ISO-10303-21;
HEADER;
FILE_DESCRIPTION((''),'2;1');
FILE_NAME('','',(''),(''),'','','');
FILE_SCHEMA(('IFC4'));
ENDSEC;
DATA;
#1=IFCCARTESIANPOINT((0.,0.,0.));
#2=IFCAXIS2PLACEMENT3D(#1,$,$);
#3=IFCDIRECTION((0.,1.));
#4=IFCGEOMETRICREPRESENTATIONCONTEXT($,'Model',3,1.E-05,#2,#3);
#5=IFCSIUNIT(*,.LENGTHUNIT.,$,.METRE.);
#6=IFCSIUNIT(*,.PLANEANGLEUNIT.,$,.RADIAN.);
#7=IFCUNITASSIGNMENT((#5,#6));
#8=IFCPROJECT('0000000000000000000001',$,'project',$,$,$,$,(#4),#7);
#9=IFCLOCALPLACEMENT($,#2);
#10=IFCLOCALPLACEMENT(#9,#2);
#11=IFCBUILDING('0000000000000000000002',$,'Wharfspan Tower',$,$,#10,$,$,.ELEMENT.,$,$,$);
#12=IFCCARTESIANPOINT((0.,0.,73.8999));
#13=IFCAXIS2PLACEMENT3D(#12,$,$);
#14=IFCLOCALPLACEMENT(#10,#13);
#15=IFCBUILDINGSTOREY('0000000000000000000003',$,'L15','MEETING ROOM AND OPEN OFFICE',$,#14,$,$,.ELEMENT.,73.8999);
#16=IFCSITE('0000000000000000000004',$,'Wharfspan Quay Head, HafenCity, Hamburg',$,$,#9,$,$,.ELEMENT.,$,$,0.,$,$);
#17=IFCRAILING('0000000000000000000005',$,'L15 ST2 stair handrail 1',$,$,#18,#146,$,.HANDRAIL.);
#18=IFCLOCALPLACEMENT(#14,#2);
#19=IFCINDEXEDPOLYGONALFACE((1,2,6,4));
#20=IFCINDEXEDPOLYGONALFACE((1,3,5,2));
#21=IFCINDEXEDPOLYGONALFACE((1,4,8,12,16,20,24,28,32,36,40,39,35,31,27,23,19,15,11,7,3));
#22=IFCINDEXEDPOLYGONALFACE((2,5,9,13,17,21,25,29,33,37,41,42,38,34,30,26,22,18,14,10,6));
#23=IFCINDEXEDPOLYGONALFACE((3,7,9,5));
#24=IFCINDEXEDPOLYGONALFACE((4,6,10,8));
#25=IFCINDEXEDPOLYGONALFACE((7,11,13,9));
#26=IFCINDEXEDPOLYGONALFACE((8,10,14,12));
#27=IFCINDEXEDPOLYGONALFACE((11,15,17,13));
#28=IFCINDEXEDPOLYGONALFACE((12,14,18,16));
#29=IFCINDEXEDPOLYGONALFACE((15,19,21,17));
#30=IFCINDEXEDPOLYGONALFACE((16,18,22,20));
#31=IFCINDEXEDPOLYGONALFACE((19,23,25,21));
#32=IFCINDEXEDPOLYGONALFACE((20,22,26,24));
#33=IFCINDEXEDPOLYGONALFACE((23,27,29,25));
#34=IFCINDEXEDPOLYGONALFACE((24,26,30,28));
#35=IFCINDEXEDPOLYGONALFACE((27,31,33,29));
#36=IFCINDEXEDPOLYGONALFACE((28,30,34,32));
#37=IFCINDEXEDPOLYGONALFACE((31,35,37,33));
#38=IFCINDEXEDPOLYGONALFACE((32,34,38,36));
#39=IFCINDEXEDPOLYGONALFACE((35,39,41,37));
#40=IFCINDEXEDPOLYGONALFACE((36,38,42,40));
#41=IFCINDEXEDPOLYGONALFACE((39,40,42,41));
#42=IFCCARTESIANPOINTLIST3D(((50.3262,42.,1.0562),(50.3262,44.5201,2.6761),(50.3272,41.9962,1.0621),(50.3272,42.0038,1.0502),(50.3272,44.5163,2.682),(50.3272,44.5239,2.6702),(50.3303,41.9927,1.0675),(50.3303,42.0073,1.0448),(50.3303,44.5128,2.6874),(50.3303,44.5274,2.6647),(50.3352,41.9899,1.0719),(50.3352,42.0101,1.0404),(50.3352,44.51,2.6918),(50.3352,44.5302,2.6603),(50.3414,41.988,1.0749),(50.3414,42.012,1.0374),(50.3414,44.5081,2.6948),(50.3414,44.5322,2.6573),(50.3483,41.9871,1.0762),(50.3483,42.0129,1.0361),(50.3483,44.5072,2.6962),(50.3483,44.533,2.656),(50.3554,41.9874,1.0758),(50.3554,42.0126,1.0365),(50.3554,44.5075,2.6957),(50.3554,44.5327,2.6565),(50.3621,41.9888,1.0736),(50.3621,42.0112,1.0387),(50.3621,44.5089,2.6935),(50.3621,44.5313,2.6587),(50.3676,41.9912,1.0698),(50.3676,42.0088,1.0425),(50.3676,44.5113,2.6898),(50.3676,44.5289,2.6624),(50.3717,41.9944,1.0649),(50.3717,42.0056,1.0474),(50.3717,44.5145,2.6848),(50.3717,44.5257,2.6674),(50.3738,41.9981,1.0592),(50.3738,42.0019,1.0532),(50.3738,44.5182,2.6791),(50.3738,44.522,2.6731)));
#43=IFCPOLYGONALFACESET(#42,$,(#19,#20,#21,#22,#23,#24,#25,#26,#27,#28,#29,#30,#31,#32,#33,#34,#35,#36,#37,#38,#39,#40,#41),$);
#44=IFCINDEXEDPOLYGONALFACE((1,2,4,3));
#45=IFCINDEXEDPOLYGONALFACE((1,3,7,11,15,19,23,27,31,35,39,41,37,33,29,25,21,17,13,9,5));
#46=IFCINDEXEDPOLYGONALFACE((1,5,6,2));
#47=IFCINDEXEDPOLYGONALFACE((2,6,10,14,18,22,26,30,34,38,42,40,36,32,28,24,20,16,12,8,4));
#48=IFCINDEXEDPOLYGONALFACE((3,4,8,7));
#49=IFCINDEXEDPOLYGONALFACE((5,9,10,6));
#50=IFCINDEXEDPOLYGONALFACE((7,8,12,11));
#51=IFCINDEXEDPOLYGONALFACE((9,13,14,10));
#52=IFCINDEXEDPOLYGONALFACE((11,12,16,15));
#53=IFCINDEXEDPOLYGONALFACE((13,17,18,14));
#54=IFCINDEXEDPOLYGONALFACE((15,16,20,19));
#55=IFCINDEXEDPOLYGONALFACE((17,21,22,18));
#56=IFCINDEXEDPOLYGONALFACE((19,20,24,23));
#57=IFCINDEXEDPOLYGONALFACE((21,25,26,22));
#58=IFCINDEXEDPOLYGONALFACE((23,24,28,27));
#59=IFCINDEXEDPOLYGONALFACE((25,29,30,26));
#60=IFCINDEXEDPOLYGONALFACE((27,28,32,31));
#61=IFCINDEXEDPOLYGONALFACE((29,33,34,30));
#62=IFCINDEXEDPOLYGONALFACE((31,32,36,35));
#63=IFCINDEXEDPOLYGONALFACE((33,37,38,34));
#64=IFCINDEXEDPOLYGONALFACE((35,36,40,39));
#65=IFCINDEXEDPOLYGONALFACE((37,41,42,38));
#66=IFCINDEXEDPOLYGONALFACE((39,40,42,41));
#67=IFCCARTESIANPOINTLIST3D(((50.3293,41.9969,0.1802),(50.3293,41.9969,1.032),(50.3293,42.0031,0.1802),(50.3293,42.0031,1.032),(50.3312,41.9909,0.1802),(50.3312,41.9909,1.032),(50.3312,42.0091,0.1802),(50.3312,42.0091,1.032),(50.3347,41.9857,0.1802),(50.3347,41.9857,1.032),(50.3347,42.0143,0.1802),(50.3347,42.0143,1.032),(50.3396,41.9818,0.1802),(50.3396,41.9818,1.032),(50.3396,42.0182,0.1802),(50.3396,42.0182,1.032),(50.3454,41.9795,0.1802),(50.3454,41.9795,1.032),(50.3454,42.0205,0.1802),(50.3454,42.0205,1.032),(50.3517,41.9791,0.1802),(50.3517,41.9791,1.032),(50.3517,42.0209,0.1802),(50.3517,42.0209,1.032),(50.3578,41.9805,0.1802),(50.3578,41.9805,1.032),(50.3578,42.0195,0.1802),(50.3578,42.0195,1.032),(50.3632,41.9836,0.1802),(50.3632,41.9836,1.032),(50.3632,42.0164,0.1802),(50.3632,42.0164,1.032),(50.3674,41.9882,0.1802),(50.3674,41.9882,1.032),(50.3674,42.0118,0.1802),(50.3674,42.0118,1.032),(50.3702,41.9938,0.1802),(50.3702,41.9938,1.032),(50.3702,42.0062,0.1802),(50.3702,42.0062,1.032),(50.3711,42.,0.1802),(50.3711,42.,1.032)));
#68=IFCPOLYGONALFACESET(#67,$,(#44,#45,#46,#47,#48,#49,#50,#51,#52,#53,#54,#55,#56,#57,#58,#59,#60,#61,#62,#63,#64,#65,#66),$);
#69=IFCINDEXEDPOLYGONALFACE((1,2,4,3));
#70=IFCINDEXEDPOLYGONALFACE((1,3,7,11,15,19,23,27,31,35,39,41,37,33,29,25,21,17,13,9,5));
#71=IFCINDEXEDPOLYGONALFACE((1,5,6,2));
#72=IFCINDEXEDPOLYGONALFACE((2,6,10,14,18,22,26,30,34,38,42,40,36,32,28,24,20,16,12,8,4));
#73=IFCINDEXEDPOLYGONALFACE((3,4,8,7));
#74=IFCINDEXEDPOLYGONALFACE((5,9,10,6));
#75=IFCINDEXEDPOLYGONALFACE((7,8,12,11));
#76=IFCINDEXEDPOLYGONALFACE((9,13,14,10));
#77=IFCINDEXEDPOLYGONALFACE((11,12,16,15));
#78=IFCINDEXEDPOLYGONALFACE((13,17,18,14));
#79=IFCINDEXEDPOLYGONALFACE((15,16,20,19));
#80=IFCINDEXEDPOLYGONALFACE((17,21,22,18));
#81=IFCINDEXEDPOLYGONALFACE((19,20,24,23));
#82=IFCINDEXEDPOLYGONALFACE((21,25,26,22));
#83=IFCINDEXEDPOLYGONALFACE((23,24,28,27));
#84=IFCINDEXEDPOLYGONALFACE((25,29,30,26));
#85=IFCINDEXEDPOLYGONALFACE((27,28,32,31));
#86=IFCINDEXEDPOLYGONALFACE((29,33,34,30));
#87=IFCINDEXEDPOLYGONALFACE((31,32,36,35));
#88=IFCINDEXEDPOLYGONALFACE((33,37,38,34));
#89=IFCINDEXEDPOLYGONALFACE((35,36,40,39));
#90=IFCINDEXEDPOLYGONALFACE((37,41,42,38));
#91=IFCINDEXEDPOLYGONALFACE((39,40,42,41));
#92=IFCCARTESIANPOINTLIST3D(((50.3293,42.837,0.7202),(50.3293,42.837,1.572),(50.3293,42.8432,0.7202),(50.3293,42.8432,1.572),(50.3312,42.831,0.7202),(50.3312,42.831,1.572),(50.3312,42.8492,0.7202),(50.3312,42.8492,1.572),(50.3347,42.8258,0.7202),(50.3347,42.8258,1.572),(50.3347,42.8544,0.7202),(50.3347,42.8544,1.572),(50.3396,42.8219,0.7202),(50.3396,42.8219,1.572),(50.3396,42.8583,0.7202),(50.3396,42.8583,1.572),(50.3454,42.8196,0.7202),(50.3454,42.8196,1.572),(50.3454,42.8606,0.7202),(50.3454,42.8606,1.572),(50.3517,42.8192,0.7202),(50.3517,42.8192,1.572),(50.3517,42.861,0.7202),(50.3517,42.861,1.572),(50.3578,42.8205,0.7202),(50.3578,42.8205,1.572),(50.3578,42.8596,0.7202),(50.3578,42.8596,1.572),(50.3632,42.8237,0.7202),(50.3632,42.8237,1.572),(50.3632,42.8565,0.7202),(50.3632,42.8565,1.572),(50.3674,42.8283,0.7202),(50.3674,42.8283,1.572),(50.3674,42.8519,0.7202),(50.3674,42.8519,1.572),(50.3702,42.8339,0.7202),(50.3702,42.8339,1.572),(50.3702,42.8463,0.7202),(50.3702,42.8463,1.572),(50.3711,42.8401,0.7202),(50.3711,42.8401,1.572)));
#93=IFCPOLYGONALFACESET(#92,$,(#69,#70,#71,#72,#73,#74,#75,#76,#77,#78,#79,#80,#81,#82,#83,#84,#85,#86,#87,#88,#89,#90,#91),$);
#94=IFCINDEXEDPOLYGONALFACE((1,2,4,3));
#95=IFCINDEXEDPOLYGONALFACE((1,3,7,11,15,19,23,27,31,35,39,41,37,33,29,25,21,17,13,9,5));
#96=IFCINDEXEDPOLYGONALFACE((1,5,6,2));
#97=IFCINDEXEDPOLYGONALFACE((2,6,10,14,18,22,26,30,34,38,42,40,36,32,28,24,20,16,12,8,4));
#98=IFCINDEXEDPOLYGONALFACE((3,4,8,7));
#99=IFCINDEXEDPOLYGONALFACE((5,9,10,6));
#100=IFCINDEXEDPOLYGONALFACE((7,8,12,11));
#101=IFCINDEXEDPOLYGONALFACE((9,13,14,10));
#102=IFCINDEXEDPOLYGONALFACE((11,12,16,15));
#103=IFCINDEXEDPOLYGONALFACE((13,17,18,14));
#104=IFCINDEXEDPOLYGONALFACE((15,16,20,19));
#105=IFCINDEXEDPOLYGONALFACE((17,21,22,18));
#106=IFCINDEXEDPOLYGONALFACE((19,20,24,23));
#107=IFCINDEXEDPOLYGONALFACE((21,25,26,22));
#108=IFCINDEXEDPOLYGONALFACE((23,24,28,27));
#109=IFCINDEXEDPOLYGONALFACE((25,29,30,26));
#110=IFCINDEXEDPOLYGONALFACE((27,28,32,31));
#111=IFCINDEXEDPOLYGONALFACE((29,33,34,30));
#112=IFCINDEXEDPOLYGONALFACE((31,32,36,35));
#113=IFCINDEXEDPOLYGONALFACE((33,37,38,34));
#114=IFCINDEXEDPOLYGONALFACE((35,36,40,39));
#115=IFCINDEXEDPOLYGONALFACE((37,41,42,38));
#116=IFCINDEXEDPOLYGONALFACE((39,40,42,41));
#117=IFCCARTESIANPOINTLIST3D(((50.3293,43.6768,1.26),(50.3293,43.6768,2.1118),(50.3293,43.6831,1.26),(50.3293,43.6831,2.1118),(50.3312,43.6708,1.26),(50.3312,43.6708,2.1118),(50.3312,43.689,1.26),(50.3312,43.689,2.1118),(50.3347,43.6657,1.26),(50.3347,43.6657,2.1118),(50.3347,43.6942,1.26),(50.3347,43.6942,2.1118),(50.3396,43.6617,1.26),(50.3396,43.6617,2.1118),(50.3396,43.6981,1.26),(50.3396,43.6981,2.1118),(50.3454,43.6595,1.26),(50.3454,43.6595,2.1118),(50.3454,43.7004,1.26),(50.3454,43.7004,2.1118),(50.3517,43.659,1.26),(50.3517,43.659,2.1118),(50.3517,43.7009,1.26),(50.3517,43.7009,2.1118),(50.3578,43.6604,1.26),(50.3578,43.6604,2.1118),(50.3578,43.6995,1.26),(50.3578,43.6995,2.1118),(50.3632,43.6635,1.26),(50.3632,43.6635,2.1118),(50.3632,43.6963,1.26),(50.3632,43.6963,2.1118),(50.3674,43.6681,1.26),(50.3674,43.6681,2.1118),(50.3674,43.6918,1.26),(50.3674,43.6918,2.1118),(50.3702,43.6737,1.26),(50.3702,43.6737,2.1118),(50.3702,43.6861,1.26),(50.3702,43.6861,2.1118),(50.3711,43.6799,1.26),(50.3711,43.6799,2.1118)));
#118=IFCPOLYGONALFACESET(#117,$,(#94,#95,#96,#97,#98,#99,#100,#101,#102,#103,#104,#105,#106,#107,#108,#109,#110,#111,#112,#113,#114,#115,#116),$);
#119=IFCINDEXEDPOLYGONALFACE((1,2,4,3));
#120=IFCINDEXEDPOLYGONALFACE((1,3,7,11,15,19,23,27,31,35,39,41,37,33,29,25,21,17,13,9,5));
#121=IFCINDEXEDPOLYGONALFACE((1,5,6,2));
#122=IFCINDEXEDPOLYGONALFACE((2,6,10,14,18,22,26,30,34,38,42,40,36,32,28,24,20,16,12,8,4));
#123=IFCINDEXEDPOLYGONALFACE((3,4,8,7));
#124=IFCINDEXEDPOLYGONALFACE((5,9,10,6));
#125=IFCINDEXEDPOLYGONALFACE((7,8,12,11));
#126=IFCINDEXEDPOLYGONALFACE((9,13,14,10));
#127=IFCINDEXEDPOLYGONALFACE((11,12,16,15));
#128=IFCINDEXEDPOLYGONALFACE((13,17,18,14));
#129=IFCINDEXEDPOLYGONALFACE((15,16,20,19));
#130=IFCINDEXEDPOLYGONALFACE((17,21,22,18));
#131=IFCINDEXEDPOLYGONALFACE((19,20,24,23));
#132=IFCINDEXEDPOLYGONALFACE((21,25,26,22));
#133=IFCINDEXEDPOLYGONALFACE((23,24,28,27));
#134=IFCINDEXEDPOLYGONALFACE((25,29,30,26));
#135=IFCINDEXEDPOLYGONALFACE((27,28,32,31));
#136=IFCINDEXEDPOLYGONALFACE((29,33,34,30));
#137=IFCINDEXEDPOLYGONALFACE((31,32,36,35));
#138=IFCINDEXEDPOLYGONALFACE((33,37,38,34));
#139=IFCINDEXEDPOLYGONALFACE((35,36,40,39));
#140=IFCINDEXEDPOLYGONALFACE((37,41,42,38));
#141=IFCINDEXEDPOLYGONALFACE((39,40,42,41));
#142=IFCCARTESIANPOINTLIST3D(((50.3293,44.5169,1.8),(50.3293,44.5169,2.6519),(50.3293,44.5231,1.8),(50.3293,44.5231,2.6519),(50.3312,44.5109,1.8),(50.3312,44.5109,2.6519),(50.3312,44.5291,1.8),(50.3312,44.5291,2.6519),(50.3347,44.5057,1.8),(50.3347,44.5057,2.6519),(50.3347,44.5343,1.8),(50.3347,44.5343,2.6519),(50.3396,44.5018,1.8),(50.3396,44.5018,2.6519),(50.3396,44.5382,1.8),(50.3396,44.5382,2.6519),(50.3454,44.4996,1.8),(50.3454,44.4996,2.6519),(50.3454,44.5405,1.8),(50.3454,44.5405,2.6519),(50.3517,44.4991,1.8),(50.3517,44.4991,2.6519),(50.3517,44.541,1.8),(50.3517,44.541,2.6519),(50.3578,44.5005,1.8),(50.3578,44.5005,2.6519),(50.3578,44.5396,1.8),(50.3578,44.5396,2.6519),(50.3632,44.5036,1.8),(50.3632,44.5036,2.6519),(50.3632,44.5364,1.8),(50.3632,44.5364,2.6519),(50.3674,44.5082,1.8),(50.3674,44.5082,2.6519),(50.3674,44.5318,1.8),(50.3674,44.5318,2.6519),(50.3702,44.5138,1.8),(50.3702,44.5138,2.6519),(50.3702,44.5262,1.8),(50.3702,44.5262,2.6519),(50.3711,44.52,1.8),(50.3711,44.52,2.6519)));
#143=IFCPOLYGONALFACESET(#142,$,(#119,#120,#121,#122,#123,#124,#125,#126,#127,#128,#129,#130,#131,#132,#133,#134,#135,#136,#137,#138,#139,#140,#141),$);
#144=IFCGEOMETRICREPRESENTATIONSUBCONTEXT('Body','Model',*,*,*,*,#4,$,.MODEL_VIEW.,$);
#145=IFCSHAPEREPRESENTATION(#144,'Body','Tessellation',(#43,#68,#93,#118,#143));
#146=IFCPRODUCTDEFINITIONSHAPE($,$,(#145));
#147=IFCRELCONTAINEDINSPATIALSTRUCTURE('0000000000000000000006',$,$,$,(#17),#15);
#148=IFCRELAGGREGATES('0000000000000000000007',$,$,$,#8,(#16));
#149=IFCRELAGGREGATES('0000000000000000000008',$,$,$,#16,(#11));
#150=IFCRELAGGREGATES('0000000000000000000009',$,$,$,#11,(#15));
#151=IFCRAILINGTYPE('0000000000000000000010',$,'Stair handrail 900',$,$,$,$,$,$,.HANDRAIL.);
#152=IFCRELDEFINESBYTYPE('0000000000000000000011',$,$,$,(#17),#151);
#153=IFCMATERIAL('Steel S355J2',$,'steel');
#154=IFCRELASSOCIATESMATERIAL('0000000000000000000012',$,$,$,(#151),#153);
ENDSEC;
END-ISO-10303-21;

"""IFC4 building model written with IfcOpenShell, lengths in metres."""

from ifc_helpers import new_model, si_unit, direction, frame, origin, origin_2d, place, context, subcontext, project, spatial, circle, extrude, material, type_object, element, save


model = new_model("IFC4")

# Units and contexts
model_context = context("Model", 3, precision=1e-05, world=origin(), true_north=direction((0.0, 1.0)))
body_context = subcontext(model_context, "Body", "Model", "MODEL_VIEW")
ifc_project = project(units=[si_unit("LENGTHUNIT", "METRE"), si_unit("PLANEANGLEUNIT", "RADIAN")], contexts=[model_context])

# Site, building, storey
site_placement = place(None, origin())
site = spatial("IfcSite", under=ifc_project, at=site_placement, Name="Wharfspan Quay Head, HafenCity, Hamburg", CompositionType="ELEMENT", RefElevation=0.0)
building_placement = place(site_placement, origin())
building = spatial("IfcBuilding", under=site, at=building_placement, Name="Wharfspan Tower", CompositionType="ELEMENT")
storey_placement = place(building_placement, frame((0.0, 0.0, 73.8999)))
storey = spatial("IfcBuildingStorey", under=building, at=storey_placement, Name="L15", Description="MEETING ROOM AND OPEN OFFICE", CompositionType="ELEMENT", Elevation=73.8999)

# Shared definitions
ifc_material_1 = material(Name="Steel S355J2", Category="steel")

# Railing
railing_type_1 = type_object("IfcRailingType", Name="Stair handrail 900", PredefinedType="HANDRAIL", material=ifc_material_1)
railing_1_placement = place(storey_placement, frame((50.3501, 42.0, 0.1802)))
element("IfcRailing", 1, at=railing_1_placement, inside=storey, type_object=railing_type_1, Name="L15 ST2 stair handrail 1", PredefinedType="HANDRAIL", context=body_context, shape_type="SweptSolid", body=[
    extrude(circle(Radius=0.0239, at=origin_2d()), frame((0.0, 0.0, 0.876), z_axis=(0.0, 0.8412, 0.540725), x_axis=(-1.0, 0.0, 0.0)), (0.0, 0.0, 1.0), 2.9958),
    extrude(circle(Radius=0.021, at=origin_2d()), origin(), (0.0, 0.0, 1.0), 0.8518),
    extrude(circle(Radius=0.021, at=origin_2d()), frame((0.0, 0.8401, 0.54)), (0.0, 0.0, 1.0), 0.8518),
    extrude(circle(Radius=0.021, at=origin_2d()), frame((0.0, 1.6799, 1.0798)), (0.0, 0.0, 1.0), 0.8518),
    extrude(circle(Radius=0.021, at=origin_2d()), frame((0.0, 2.52, 1.6199)), (0.0, 0.0, 1.0), 0.8518),
])

save(model, "model.ifc")
